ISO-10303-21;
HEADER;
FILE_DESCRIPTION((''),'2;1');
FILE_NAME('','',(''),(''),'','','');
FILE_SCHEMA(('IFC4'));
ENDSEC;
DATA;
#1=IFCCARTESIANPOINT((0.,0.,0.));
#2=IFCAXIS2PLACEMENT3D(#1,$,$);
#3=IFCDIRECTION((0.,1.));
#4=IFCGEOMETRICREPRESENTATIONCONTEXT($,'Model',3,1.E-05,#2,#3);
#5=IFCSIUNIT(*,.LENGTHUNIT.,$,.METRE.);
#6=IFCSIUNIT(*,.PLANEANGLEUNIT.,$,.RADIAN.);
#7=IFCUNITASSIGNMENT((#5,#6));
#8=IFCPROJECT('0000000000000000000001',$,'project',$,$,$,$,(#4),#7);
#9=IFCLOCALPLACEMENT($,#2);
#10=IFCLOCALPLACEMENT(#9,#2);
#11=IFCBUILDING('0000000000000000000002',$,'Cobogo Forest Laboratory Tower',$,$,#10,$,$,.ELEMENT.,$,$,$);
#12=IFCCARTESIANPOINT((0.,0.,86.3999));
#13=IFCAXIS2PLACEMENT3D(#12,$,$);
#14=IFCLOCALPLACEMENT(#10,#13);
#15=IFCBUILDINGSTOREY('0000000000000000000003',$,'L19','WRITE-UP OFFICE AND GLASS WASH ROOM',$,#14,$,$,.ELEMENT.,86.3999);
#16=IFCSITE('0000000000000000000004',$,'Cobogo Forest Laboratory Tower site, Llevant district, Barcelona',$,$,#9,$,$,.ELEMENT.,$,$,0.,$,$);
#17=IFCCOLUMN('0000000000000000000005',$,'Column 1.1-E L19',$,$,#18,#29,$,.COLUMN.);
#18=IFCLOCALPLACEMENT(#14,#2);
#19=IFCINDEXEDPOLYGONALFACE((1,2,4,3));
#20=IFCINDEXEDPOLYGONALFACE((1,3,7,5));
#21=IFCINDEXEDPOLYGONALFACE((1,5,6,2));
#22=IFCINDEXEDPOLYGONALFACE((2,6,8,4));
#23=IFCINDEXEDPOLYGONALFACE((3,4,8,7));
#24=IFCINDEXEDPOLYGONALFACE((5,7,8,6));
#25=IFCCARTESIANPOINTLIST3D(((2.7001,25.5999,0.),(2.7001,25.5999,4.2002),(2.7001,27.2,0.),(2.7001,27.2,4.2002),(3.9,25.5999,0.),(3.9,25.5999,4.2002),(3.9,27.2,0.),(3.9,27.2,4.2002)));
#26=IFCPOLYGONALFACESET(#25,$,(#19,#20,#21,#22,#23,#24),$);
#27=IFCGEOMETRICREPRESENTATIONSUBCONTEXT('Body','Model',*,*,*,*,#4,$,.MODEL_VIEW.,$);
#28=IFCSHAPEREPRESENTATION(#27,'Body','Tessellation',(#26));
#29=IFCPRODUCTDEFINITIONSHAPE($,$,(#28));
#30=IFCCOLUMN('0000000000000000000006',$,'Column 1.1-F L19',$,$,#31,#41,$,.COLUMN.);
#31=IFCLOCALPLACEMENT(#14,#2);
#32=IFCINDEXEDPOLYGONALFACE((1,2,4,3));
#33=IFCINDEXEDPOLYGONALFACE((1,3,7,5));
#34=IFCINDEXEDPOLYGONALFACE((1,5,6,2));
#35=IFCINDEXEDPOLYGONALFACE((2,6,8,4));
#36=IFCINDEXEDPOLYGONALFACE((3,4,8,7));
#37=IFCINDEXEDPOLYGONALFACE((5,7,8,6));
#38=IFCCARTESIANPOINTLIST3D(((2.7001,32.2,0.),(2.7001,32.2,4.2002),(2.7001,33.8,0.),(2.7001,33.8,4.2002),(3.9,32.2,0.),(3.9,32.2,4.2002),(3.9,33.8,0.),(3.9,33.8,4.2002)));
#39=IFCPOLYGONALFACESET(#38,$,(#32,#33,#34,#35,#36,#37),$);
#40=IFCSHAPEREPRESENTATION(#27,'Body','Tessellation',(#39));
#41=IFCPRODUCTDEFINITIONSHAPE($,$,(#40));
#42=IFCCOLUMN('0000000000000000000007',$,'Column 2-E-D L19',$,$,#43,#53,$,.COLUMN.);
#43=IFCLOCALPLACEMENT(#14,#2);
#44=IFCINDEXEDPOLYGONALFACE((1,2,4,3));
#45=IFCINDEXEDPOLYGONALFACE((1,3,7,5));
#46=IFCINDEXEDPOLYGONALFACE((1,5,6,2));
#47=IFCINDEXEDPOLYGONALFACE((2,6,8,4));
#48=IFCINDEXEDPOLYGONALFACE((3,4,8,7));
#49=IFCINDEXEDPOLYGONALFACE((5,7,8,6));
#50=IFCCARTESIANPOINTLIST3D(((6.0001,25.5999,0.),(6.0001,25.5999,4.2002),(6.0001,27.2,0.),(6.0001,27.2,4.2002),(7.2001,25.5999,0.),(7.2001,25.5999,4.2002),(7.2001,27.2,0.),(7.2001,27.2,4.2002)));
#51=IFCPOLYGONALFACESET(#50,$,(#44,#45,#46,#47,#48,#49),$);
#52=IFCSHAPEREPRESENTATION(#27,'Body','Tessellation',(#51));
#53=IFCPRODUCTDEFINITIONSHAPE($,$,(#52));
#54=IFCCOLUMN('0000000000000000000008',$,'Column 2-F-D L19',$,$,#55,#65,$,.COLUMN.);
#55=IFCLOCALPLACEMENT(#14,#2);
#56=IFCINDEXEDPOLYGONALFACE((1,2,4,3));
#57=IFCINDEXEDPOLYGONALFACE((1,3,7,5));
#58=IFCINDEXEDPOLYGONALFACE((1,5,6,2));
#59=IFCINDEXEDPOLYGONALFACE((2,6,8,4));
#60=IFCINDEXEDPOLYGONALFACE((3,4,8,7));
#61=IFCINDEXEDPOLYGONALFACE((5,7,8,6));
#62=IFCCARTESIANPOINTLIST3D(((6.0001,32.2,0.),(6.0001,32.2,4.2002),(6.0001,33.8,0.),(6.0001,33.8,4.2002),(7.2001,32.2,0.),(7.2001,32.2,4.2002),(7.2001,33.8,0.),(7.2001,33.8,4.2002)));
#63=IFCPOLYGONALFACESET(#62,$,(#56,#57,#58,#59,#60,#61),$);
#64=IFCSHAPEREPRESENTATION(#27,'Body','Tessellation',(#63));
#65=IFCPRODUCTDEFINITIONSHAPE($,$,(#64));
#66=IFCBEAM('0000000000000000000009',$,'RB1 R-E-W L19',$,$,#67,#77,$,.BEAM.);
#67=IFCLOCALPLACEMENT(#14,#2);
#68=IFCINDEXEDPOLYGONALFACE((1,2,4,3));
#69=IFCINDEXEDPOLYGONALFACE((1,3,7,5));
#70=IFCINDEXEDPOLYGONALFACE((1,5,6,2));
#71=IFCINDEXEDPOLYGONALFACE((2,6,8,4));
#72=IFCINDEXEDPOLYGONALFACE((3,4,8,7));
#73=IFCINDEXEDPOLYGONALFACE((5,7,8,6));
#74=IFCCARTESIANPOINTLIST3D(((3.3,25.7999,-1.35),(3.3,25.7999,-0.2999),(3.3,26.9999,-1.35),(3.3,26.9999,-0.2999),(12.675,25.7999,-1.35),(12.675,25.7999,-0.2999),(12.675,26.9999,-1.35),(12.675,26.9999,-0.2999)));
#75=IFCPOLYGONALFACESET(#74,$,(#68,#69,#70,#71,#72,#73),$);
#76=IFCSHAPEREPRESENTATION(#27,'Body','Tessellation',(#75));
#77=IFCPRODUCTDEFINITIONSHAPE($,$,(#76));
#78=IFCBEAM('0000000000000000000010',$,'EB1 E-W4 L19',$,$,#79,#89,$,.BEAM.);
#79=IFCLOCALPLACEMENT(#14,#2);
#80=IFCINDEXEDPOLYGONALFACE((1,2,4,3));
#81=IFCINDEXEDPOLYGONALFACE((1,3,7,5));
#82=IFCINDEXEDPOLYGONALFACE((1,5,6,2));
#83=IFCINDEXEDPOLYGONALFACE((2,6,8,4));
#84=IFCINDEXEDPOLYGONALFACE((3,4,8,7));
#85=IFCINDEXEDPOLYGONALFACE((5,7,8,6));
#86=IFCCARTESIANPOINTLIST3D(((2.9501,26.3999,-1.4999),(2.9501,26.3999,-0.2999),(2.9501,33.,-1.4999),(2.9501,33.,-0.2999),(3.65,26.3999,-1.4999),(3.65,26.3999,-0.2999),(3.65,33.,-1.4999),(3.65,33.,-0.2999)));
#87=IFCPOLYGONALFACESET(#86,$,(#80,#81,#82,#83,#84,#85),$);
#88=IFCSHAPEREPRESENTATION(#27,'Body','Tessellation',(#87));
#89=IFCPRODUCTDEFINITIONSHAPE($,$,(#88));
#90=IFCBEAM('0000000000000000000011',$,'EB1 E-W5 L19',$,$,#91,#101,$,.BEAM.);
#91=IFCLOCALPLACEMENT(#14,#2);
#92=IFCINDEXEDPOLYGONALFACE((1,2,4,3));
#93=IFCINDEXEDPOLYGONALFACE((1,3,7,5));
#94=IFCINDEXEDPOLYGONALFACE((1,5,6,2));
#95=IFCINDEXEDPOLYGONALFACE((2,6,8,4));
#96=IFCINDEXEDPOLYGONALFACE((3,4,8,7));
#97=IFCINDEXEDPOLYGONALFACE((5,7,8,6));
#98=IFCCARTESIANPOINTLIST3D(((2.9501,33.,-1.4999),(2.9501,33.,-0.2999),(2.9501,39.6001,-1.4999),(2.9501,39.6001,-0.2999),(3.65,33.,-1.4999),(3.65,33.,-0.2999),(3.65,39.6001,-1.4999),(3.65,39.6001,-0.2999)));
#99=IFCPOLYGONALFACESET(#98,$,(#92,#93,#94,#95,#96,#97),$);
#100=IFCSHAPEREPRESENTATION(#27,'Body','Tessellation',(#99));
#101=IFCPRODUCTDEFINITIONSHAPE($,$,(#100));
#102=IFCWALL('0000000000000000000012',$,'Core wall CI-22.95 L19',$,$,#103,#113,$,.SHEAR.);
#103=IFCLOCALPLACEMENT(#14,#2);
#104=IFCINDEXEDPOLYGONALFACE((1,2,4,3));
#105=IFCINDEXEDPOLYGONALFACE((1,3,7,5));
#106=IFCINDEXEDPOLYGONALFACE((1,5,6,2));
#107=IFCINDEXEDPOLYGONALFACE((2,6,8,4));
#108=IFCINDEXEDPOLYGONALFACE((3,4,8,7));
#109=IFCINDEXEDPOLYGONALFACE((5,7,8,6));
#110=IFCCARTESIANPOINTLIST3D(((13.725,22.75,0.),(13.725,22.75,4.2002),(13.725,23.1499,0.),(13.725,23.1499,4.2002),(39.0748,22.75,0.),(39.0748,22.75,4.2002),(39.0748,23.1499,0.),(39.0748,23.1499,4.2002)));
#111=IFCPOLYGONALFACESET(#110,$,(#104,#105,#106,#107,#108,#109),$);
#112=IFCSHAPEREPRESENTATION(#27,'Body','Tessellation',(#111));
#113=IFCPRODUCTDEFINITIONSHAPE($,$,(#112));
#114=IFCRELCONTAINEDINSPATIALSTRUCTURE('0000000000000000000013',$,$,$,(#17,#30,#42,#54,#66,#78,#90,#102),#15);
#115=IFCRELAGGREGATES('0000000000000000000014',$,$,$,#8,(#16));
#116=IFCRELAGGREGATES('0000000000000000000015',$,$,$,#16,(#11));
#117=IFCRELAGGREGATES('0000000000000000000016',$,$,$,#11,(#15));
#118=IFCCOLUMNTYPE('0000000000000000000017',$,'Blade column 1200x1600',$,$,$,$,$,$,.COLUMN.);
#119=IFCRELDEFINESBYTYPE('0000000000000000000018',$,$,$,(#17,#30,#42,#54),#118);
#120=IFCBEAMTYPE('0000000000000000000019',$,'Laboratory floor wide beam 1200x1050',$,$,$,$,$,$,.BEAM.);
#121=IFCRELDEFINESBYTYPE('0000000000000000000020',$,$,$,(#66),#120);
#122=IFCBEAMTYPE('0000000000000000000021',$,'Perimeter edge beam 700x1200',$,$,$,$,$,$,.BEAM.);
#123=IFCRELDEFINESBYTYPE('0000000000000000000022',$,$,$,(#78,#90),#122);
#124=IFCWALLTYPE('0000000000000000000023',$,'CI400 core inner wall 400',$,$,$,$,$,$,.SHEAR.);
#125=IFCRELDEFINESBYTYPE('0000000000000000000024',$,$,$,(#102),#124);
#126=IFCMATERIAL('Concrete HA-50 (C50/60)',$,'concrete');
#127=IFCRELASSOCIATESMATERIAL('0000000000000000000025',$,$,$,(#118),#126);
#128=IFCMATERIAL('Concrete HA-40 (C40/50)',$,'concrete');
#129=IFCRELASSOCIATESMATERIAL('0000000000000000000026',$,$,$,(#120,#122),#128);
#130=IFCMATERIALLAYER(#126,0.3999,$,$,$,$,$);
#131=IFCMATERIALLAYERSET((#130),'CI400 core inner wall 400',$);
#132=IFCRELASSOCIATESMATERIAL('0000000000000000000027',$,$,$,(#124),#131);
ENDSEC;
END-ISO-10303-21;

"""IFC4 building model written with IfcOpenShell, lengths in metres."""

from ifc_helpers import new_model, si_unit, direction, frame, frame_2d, origin, origin_2d, place, context, subcontext, project, spatial, rectangle, extrude, material, layer, layer_set, material_profile, profile_set, type_object, element, save


model = new_model("IFC4")

# Units and contexts
model_context = context("Model", 3, precision=1e-05, world=origin(), true_north=direction((0.0, 1.0)))
body_context = subcontext(model_context, "Body", "Model", "MODEL_VIEW")
ifc_project = project(units=[si_unit("LENGTHUNIT", "METRE"), si_unit("PLANEANGLEUNIT", "RADIAN")], contexts=[model_context])

# Site, building, storey
site_placement = place(None, origin())
site = spatial("IfcSite", under=ifc_project, at=site_placement, Name="Cobogo Forest Laboratory Tower site, Llevant district, Barcelona", CompositionType="ELEMENT", RefElevation=0.0)
building_placement = place(site_placement, origin())
building = spatial("IfcBuilding", under=site, at=building_placement, Name="Cobogo Forest Laboratory Tower", CompositionType="ELEMENT")
storey_placement = place(building_placement, frame((0.0, 0.0, 86.3999)))
storey = spatial("IfcBuildingStorey", under=building, at=storey_placement, Name="L19", Description="WRITE-UP OFFICE AND GLASS WASH ROOM", CompositionType="ELEMENT", Elevation=86.3999)

# Columns
ifc_material_1 = material(Name="Concrete HA-50 (C50/60)", Category="concrete")
ifc_material_profile_1 = material_profile(ifc_material_1, rectangle(XDim=1.6001, YDim=1.2, at=origin_2d()), Name="RC 1200x1600")
ifc_profile_set_1 = profile_set([ifc_material_profile_1], Name="Concrete HA-50 (C50/60)")
column_type = type_object("IfcColumnType", Name="Blade column 1200x1600", PredefinedType="COLUMN", material=ifc_profile_set_1)
for number, where, z_axis, x_axis, name in (
    (1, (3.3, 26.3999, 0.0), (0.0, 0.0, 1.0), (0.0, 1.0, 0.0), "Column 1.1-E L19"),
    (2, (3.3, 33.0, 0.0), (0.0, 0.0, 1.0), (0.0, 1.0, 0.0), "Column 1.1-F L19"),
    (3, (6.6001, 26.3999, 0.0), (0.0, 0.0, 1.0), (0.0, 1.0, 0.0), "Column 2-E-D L19"),
    (4, (6.6001, 33.0, 0.0), (0.0, 0.0, 1.0), (0.0, 1.0, 0.0), "Column 2-F-D L19"),
):
    element("IfcColumn", number, at=place(storey_placement, frame(where, z_axis=z_axis, x_axis=x_axis)), inside=storey, type_object=column_type, Name=name, PredefinedType="COLUMN", context=body_context, shape_type="SweptSolid", body=[
        extrude(rectangle(XDim=1.6001, YDim=1.2, at=origin_2d()), origin(), (0.0, 0.0, 1.0), 4.2002),
    ])

# Beams
ifc_material_2 = material(Name="Concrete HA-40 (C40/50)", Category="concrete")
ifc_material_profile_2 = material_profile(ifc_material_2, rectangle(XDim=1.2, YDim=1.05, at=origin_2d()), Name="RC 1200x1050")
ifc_profile_set_2 = profile_set([ifc_material_profile_2], Name="Concrete HA-40 (C40/50)")
beam_type_1 = type_object("IfcBeamType", Name="Laboratory floor wide beam 1200x1050", PredefinedType="BEAM", material=ifc_profile_set_2)
beam_placement = place(storey_placement, frame((12.675, 26.3999, -0.825), z_axis=(-1.0, 0.0, 0.0), x_axis=(0.0, -1.0, 0.0)))
element("IfcBeam", 5, at=beam_placement, inside=storey, type_object=beam_type_1, Name="RB1 R-E-W L19", PredefinedType="BEAM", context=body_context, shape_type="SweptSolid", body=[
    extrude(rectangle(XDim=1.2, YDim=1.05, at=origin_2d()), origin(), (0.0, 0.0, 1.0), 9.375),
])
ifc_material_profile_3 = material_profile(ifc_material_2, rectangle(XDim=0.7, YDim=1.2, at=origin_2d()), Name="RC 700x1200")
ifc_profile_set_3 = profile_set([ifc_material_profile_3], Name="Concrete HA-40 (C40/50)")
beam_type_2 = type_object("IfcBeamType", Name="Perimeter edge beam 700x1200", PredefinedType="BEAM", material=ifc_profile_set_3)
for number, where, z_axis, x_axis, name in (
    (6, (3.3, 26.3999, -0.8999), (0.0, 1.0, 0.0), (-1.0, 0.0, 0.0), "EB1 E-W4 L19"),
    (7, (3.3, 33.0, -0.8999), (0.0, 1.0, 0.0), (-1.0, 0.0, 0.0), "EB1 E-W5 L19"),
):
    element("IfcBeam", number, at=place(storey_placement, frame(where, z_axis=z_axis, x_axis=x_axis)), inside=storey, type_object=beam_type_2, Name=name, PredefinedType="BEAM", context=body_context, shape_type="SweptSolid", body=[
        extrude(rectangle(XDim=0.7, YDim=1.2, at=origin_2d()), origin(), (0.0, 0.0, 1.0), 6.6001),
    ])

# Wall
ifc_layer_1 = layer(ifc_material_1, 0.3999)
ifc_layer_set_1 = layer_set([ifc_layer_1], Name="CI400 core inner wall 400")
wall_type_1 = type_object("IfcWallType", Name="CI400 core inner wall 400", PredefinedType="SHEAR", material=ifc_layer_set_1)
wall_1_placement = place(storey_placement, frame((13.7251, 22.95, 0.0), z_axis=(0.0, 0.0, 1.0), x_axis=(1.0, 0.0, 0.0)))
element("IfcWall", 8, at=wall_1_placement, inside=storey, type_object=wall_type_1, Name="Core wall CI-22.95 L19", PredefinedType="SHEAR", context=body_context, shape_type="SweptSolid", body=[
    extrude(rectangle(XDim=25.3499, YDim=0.3999, at=frame_2d((12.6748, 0.0))), origin(), (0.0, 0.0, 1.0), 4.2002),
])

save(model, "model.ifc")
